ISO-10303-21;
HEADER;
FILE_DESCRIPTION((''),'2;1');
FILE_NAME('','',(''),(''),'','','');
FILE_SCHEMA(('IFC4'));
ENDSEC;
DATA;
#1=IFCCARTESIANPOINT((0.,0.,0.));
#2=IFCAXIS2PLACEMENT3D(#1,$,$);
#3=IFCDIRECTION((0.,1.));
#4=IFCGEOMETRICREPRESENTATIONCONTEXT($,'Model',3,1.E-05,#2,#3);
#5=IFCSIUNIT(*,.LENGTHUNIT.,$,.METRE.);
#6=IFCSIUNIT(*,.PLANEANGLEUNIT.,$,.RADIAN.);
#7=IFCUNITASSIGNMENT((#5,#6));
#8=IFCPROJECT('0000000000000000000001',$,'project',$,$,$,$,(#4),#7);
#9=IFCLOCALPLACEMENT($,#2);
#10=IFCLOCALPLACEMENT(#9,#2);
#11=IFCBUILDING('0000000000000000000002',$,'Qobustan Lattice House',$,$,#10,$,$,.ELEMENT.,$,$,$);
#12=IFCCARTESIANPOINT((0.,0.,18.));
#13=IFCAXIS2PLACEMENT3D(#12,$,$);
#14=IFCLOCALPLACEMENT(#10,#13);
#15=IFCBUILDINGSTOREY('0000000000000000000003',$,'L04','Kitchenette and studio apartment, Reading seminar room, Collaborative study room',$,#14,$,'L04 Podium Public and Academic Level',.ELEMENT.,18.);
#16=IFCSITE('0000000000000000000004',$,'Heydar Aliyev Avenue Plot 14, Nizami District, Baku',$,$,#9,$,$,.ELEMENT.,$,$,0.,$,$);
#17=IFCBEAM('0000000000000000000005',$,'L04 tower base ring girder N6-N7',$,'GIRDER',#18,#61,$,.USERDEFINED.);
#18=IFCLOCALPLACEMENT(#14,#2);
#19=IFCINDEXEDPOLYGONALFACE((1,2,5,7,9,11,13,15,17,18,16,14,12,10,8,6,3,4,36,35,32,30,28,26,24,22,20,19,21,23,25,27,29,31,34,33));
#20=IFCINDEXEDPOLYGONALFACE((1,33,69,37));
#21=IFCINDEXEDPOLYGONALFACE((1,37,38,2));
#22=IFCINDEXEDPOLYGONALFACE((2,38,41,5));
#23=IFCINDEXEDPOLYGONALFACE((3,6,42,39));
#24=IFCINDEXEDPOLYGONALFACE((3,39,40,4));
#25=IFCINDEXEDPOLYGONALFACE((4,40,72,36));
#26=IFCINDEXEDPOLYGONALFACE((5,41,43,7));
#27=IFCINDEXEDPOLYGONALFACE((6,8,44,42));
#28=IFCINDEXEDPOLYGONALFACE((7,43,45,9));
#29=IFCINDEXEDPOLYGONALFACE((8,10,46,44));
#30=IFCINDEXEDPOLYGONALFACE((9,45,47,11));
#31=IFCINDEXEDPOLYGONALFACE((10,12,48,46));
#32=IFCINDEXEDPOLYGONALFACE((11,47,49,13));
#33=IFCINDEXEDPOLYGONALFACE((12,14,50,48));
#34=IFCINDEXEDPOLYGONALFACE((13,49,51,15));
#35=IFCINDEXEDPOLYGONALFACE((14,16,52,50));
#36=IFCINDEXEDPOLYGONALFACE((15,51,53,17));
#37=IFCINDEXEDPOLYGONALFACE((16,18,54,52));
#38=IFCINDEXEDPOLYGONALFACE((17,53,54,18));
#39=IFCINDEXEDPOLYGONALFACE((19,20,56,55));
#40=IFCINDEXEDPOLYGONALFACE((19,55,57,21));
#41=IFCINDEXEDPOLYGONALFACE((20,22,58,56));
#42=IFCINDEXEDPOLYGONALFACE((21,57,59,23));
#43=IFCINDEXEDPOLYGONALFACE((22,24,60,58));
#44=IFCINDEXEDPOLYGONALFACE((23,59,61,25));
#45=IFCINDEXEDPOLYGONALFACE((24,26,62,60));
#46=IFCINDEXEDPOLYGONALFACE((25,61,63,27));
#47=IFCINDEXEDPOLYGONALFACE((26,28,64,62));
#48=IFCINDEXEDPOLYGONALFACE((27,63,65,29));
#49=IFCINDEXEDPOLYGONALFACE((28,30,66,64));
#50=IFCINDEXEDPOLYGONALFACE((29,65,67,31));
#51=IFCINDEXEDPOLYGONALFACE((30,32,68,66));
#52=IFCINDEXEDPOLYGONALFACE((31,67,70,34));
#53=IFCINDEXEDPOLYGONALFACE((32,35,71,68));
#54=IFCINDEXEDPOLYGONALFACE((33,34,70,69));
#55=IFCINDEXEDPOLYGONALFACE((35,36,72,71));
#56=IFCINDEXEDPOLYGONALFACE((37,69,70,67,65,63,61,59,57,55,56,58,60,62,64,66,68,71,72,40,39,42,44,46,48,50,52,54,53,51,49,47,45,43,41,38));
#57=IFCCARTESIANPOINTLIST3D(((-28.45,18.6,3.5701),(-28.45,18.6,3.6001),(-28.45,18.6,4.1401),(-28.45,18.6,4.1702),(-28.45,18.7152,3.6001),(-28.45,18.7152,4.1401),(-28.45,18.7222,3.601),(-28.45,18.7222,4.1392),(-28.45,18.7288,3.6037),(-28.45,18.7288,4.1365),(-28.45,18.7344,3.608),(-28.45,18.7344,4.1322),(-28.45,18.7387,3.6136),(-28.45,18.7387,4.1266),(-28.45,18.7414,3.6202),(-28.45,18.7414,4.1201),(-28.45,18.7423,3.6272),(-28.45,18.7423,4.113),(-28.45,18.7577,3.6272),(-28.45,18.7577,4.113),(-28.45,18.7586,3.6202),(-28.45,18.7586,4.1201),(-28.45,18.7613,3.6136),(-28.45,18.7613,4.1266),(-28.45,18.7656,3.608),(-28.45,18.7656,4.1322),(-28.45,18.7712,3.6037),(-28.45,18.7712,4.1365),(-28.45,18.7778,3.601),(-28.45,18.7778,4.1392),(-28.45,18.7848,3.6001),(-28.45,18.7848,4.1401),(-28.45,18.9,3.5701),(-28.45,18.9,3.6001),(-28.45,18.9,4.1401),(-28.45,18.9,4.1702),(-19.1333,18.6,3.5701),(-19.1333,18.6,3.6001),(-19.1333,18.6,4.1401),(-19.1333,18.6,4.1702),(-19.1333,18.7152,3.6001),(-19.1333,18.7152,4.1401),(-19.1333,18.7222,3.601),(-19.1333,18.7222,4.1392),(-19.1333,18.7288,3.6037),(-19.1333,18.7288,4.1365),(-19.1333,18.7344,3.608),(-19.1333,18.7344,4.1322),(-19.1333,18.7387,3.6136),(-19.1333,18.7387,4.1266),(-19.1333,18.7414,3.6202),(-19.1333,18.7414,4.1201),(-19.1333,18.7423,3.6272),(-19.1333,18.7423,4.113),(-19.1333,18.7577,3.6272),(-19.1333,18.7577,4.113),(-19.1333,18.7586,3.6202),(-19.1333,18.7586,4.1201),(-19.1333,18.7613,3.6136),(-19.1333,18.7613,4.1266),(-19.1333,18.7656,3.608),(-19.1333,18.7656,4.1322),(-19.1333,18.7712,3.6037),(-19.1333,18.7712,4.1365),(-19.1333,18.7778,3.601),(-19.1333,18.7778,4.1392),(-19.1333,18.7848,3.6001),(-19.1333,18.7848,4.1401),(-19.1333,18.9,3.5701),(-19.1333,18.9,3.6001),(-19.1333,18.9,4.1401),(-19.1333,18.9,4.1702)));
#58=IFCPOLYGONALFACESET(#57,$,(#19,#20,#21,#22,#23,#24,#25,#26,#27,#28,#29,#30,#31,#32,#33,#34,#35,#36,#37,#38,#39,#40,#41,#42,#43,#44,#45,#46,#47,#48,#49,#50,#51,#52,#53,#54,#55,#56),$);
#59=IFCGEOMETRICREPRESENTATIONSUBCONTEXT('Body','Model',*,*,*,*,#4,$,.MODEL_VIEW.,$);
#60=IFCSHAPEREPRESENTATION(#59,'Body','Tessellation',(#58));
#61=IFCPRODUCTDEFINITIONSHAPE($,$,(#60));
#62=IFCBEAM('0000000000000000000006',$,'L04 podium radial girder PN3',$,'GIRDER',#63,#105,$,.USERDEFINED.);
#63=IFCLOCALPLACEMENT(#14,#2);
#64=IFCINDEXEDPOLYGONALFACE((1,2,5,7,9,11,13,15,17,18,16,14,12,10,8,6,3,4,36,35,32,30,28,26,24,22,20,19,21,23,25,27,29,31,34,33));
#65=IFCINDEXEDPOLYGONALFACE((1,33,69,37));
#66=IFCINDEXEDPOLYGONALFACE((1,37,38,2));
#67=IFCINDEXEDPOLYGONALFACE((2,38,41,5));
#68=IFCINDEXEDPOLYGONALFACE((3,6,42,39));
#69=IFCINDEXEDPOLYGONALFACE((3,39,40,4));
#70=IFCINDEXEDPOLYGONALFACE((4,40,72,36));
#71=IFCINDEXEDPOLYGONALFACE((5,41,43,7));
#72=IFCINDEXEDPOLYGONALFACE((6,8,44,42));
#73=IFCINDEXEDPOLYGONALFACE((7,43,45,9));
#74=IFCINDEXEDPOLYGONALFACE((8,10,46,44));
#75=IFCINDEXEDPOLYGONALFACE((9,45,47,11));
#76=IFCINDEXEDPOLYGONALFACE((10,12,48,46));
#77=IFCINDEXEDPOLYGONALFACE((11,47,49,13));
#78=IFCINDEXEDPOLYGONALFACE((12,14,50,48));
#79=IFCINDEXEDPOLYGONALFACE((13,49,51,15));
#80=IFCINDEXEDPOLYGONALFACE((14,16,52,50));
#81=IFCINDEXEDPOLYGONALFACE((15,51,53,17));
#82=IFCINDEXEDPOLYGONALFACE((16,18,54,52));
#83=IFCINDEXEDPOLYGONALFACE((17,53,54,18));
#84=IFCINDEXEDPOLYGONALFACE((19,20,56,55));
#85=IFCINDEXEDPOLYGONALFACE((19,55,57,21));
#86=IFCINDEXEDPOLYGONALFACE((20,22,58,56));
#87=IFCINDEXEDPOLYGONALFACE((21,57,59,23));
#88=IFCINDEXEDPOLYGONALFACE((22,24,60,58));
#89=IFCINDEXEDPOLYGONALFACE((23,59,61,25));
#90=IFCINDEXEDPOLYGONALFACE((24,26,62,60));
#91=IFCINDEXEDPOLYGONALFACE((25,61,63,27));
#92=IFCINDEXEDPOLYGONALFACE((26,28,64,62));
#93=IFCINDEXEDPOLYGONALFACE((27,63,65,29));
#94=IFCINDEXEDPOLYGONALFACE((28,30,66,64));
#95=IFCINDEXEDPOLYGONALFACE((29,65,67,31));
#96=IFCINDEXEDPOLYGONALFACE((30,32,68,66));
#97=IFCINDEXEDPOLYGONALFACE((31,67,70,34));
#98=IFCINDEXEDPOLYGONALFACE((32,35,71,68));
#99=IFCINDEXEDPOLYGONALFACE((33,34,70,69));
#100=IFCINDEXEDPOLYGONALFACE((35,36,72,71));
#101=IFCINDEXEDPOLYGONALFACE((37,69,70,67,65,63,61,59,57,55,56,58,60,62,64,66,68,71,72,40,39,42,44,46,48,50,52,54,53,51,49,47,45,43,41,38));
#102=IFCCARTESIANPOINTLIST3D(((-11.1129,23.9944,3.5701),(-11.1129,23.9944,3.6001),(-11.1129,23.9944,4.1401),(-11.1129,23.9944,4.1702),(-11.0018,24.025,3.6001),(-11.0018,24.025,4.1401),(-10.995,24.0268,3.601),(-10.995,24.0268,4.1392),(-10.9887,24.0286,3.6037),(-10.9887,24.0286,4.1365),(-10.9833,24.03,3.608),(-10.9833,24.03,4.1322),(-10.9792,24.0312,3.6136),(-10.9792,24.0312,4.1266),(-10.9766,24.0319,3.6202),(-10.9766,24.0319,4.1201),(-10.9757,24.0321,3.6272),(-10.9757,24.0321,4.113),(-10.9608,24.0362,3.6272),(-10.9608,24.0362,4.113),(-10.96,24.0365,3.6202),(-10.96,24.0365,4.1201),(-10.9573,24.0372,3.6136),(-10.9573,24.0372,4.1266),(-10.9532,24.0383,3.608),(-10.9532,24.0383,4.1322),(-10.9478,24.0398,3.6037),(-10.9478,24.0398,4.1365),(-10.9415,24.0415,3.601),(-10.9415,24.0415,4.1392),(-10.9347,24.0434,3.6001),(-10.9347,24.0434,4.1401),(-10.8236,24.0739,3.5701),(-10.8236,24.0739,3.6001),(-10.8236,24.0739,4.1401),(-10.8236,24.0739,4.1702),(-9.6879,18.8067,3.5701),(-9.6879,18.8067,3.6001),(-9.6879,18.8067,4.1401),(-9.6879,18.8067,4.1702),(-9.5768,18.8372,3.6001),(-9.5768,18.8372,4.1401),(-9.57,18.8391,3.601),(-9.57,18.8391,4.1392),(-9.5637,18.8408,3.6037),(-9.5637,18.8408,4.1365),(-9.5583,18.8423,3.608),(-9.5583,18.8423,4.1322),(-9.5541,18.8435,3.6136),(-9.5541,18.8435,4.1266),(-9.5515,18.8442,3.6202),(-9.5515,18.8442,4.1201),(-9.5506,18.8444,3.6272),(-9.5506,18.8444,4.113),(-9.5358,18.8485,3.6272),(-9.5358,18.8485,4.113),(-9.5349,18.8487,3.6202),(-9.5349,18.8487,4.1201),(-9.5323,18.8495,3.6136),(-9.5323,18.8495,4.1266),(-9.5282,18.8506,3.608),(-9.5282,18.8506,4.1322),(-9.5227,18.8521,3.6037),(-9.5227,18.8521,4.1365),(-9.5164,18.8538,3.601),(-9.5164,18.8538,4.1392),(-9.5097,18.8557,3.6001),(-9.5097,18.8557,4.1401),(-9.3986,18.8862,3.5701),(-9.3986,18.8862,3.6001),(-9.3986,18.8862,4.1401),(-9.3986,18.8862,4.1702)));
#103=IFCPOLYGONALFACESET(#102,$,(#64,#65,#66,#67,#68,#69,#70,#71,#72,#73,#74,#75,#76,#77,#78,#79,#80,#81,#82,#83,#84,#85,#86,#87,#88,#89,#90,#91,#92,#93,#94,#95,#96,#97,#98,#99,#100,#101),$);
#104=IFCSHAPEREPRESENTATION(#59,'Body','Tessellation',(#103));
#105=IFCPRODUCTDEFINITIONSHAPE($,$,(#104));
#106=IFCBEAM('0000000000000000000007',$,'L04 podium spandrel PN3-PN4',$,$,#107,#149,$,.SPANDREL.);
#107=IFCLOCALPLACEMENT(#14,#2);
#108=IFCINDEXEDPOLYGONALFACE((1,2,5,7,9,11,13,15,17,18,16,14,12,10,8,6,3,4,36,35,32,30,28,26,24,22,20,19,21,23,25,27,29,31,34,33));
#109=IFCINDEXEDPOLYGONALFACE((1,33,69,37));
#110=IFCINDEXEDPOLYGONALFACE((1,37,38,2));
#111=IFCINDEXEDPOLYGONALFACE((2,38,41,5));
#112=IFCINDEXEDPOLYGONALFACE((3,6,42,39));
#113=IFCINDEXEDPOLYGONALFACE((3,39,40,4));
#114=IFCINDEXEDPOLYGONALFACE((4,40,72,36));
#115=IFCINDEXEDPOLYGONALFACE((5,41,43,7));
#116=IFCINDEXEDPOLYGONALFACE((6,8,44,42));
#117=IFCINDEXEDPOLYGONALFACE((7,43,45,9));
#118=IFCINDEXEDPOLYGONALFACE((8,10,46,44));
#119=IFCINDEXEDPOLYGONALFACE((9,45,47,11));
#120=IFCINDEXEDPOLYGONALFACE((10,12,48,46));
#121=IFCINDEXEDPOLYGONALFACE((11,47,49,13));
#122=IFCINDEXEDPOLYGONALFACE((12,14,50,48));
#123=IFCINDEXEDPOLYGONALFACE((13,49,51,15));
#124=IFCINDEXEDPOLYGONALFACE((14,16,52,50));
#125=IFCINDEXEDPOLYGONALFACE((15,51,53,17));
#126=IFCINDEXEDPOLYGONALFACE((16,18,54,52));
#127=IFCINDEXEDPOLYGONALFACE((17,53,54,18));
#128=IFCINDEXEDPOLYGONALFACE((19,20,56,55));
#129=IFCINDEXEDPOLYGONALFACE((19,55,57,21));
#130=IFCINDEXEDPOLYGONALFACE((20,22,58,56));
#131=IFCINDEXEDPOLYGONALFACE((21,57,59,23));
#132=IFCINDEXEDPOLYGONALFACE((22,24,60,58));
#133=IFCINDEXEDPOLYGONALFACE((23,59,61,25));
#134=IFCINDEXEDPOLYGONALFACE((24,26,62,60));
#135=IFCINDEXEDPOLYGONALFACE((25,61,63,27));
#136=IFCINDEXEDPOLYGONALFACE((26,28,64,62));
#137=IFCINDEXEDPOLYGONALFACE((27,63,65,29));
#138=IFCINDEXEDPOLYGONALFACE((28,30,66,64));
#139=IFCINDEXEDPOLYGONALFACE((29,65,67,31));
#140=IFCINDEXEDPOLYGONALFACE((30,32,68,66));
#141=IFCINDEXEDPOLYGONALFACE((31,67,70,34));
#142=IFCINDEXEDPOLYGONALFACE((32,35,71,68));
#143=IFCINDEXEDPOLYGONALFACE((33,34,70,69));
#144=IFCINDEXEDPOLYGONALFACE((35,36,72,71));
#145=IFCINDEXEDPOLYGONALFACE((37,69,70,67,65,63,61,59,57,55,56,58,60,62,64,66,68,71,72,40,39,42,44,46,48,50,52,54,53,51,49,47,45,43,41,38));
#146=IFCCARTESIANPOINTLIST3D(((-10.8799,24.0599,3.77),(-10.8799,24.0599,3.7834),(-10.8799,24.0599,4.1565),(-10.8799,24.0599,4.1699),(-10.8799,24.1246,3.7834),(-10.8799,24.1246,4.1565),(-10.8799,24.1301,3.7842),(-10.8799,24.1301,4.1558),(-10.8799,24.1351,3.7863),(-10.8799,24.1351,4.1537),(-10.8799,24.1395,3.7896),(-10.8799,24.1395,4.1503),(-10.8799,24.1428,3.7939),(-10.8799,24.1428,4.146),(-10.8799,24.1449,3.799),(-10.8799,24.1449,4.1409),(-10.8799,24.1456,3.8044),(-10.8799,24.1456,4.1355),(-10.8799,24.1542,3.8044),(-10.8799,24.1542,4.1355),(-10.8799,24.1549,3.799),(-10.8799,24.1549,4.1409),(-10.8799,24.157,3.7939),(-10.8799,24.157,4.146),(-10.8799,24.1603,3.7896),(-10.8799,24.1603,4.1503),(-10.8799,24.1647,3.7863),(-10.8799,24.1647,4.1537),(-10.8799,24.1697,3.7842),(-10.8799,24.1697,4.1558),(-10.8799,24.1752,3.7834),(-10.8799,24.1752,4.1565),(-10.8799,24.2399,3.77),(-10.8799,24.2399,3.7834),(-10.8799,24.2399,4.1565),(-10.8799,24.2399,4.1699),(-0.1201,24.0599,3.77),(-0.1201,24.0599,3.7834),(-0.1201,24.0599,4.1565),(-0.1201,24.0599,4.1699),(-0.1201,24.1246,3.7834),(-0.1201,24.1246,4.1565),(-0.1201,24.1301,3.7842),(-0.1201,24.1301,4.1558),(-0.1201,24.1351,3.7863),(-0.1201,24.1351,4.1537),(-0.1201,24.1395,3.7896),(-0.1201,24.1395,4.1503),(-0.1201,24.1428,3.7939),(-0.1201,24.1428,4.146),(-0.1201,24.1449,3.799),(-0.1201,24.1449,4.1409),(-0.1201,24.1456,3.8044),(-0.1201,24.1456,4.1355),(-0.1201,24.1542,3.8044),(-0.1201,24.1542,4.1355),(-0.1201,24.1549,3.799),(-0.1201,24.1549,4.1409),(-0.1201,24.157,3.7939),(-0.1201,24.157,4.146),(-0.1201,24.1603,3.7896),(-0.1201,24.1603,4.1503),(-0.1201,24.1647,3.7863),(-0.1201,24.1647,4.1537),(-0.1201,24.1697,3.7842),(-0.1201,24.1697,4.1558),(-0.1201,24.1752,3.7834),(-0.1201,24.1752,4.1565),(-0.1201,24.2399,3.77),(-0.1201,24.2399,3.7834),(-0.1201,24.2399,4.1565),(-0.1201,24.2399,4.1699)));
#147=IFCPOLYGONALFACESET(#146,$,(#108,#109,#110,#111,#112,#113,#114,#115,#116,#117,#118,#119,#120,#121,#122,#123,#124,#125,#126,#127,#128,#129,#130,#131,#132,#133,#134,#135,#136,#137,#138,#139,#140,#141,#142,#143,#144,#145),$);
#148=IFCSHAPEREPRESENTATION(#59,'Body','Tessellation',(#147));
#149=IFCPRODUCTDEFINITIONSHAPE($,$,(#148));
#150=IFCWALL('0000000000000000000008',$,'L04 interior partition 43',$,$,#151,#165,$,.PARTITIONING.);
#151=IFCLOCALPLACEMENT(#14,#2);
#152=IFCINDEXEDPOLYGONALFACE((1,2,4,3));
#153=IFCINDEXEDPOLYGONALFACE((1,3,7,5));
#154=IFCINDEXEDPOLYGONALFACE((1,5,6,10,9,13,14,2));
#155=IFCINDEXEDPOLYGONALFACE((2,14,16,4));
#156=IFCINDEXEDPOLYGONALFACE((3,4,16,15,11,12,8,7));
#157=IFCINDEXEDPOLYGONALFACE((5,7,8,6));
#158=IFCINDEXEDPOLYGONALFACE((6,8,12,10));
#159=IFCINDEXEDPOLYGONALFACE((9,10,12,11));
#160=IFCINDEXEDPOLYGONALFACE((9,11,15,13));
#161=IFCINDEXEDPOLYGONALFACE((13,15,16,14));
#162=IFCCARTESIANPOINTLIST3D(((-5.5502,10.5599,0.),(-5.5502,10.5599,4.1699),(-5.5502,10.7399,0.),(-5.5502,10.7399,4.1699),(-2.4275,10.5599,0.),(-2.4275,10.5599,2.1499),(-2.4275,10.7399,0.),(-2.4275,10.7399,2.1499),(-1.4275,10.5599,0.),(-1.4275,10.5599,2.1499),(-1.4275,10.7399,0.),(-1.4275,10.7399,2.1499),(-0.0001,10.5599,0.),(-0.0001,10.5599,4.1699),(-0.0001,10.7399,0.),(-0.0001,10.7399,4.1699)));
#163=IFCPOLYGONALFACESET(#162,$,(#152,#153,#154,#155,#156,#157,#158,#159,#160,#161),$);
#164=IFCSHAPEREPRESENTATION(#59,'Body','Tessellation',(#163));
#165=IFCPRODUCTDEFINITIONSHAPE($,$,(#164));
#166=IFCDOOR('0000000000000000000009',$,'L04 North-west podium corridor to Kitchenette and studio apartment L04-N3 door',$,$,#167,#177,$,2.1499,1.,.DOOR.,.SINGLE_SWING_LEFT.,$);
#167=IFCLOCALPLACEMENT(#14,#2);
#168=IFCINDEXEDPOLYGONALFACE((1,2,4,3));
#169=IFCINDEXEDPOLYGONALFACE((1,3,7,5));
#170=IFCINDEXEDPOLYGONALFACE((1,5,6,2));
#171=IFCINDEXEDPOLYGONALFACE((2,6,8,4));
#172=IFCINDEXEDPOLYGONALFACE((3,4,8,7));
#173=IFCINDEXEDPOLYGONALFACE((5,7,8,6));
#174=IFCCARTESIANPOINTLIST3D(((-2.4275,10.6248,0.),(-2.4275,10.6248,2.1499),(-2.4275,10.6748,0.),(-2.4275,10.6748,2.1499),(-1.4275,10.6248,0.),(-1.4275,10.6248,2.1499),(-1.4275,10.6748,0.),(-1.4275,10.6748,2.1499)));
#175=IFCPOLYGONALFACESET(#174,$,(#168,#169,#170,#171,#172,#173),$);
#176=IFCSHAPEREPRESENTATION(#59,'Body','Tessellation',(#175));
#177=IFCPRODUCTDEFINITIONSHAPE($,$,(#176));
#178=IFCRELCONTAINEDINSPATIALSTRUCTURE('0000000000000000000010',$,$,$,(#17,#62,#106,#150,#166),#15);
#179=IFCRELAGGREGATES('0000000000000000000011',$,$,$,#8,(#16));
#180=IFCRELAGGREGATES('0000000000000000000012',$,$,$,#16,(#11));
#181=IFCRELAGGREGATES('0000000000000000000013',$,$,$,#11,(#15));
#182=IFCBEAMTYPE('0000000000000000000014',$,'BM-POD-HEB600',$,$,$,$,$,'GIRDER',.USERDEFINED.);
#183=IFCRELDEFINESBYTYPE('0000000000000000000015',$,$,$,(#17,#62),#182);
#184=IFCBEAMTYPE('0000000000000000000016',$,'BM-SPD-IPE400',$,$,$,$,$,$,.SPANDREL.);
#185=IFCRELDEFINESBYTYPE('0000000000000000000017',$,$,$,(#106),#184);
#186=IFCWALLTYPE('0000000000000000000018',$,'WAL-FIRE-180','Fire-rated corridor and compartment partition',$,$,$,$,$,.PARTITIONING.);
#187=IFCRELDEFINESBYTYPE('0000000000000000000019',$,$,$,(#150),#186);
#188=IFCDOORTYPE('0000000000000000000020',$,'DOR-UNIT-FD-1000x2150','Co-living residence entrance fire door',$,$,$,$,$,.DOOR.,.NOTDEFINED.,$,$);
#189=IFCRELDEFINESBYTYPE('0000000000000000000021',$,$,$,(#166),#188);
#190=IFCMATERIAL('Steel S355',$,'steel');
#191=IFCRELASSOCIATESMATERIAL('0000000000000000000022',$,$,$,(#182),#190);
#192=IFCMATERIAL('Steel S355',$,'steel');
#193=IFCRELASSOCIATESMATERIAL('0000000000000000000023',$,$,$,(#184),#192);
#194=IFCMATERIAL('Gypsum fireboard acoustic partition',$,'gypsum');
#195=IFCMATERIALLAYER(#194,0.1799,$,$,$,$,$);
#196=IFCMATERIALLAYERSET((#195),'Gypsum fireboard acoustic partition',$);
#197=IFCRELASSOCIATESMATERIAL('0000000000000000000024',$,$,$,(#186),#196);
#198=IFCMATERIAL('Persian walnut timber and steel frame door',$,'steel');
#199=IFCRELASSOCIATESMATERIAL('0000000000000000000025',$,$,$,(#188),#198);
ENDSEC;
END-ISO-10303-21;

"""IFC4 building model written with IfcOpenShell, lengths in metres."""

from ifc_helpers import new_model, si_unit, direction, frame, frame_2d, origin, origin_2d, place, context, subcontext, project, spatial, rectangle, i_section, extrude, material, layer, layer_set, material_profile, profile_set, type_object, element, fill, save


model = new_model("IFC4")

# Units and contexts
model_context = context("Model", 3, precision=1e-05, world=origin(), true_north=direction((0.0, 1.0)))
body_context = subcontext(model_context, "Body", "Model", "MODEL_VIEW")
ifc_project = project(units=[si_unit("LENGTHUNIT", "METRE"), si_unit("PLANEANGLEUNIT", "RADIAN")], contexts=[model_context])

# Site, building, storey
site_placement = place(None, origin())
site = spatial("IfcSite", under=ifc_project, at=site_placement, Name="Heydar Aliyev Avenue Plot 14, Nizami District, Baku", CompositionType="ELEMENT", RefElevation=0.0)
building_placement = place(site_placement, origin())
building = spatial("IfcBuilding", under=site, at=building_placement, Name="Qobustan Lattice House", CompositionType="ELEMENT")
storey_placement = place(building_placement, frame((0.0, 0.0, 18.0)))
storey = spatial("IfcBuildingStorey", under=building, at=storey_placement, Name="L04", Description="Kitchenette and studio apartment, Reading seminar room, Collaborative study room", LongName="L04 Podium Public and Academic Level", CompositionType="ELEMENT", Elevation=18.0)

# Beams
ifc_material_1 = material(Name="Steel S355", Category="steel")
ifc_material_profile_1 = material_profile(ifc_material_1, i_section(OverallWidth=0.3, OverallDepth=0.6001, WebThickness=0.0154, FlangeThickness=0.03, FilletRadius=0.0271, at=origin_2d()), Name="HEB600")
ifc_profile_set_1 = profile_set([ifc_material_profile_1], Name="Steel S355")
beam_type_1 = type_object("IfcBeamType", Name="BM-POD-HEB600", ElementType="GIRDER", PredefinedType="USERDEFINED", material=ifc_profile_set_1)
for number, where, z_axis, x_axis, name in (
    (1, (-19.1333, 18.75, 3.8701), (-1.0, 0.0, 0.0), (0.0, -1.0, 0.0), "L04 tower base ring girder N6-N7"),
):
    element("IfcBeam", number, at=place(storey_placement, frame(where, z_axis=z_axis, x_axis=x_axis)), inside=storey, type_object=beam_type_1, Name=name, ObjectType="GIRDER", PredefinedType="USERDEFINED", context=body_context, shape_type="SweptSolid", body=[
        extrude(i_section(OverallWidth=0.3, OverallDepth=0.6001, WebThickness=0.0154, FlangeThickness=0.03, FilletRadius=0.0271, at=origin_2d()), origin(), (0.0, 0.0, 1.0), 9.3167),
    ])
beam_1_placement = place(storey_placement, frame((-10.9683, 24.0342, 3.8701), z_axis=(0.264883, -0.96428, 0.0), x_axis=(0.96428, 0.264883, 0.0)))
element("IfcBeam", 2, at=beam_1_placement, inside=storey, type_object=beam_type_1, Name="L04 podium radial girder PN3", ObjectType="GIRDER", PredefinedType="USERDEFINED", context=body_context, shape_type="SweptSolid", body=[
    extrude(i_section(OverallWidth=0.3, OverallDepth=0.6001, WebThickness=0.0154, FlangeThickness=0.03, FilletRadius=0.0271, at=origin_2d()), origin(), (0.0, 0.0, 1.0), 5.3799),
])
ifc_material_2 = material(Name="Steel S355", Category="steel")
ifc_material_profile_2 = material_profile(ifc_material_2, i_section(OverallWidth=0.1799, OverallDepth=0.3999, WebThickness=0.0085, FlangeThickness=0.0134, FilletRadius=0.021, at=origin_2d()), Name="IPE400")
ifc_profile_set_2 = profile_set([ifc_material_profile_2], Name="Steel S355")
beam_type_2 = type_object("IfcBeamType", Name="BM-SPD-IPE400", PredefinedType="SPANDREL", material=ifc_profile_set_2)
beam_2_placement = place(storey_placement, frame((-10.8799, 24.1499, 3.97), z_axis=(1.0, 0.0, 0.0), x_axis=(0.0, 1.0, 0.0)))
element("IfcBeam", 3, at=beam_2_placement, inside=storey, type_object=beam_type_2, Name="L04 podium spandrel PN3-PN4", PredefinedType="SPANDREL", context=body_context, shape_type="SweptSolid", body=[
    extrude(i_section(OverallWidth=0.1799, OverallDepth=0.3999, WebThickness=0.0085, FlangeThickness=0.0134, FilletRadius=0.021, at=origin_2d()), origin(), (0.0, 0.0, 1.0), 10.7598),
])

# Wall, opening, door
ifc_material_3 = material(Name="Gypsum fireboard acoustic partition", Category="gypsum")
ifc_layer_1 = layer(ifc_material_3, 0.1799)
ifc_layer_set_1 = layer_set([ifc_layer_1], Name="Gypsum fireboard acoustic partition")
wall_type_1 = type_object("IfcWallType", Name="WAL-FIRE-180", Description="Fire-rated corridor and compartment partition", PredefinedType="PARTITIONING", material=ifc_layer_set_1)
wall_1_placement = place(storey_placement, frame((-5.55, 10.6499, 0.0), z_axis=(0.0, 0.0, 1.0), x_axis=(1.0, 0.0, 0.0)))
wall_1 = element("IfcWall", 4, at=wall_1_placement, inside=storey, type_object=wall_type_1, Name="L04 interior partition 43", PredefinedType="PARTITIONING", context=body_context, shape_type="SweptSolid", body=[
    extrude(rectangle(XDim=5.55, YDim=0.1799, at=frame_2d((2.7749, 0.0))), origin(), (0.0, 0.0, 1.0), 4.1699),
])
opening_1_placement = place(wall_1_placement, frame((3.1226, 0.0, 0.0)))
opening_1 = element("IfcOpeningElement", 5, at=opening_1_placement, cuts=wall_1, PredefinedType="OPENING", context=body_context, shape_type="SweptSolid", body=[
    extrude(rectangle(XDim=1.0, YDim=2.1499, at=frame_2d((0.5, 1.075))), frame((0.0, 0.0999, 0.0), z_axis=(0.0, -1.0, 0.0), x_axis=(1.0, 0.0, 0.0)), (0.0, 0.0, 1.0), 0.2),
])
ifc_material_4 = material(Name="Persian walnut timber and steel frame door", Category="steel")
door_type_1 = type_object("IfcDoorType", Name="DOR-UNIT-FD-1000x2150", Description="Co-living residence entrance fire door", OperationType="NOTDEFINED", PredefinedType="DOOR", material=ifc_material_4)
door_1_placement = place(opening_1_placement, origin())
door_1 = element("IfcDoor", 6, at=door_1_placement, inside=storey, type_object=door_type_1, Name="L04 North-west podium corridor to Kitchenette and studio apartment L04-N3 door", OperationType="SINGLE_SWING_LEFT", OverallHeight=2.1499, OverallWidth=1.0, PredefinedType="DOOR", context=body_context, shape_type="SweptSolid", body=[
    extrude(rectangle(XDim=1.0, YDim=2.1499, at=frame_2d((0.5, 1.075))), frame((0.0, 0.0249, 0.0), z_axis=(0.0, -1.0, 0.0), x_axis=(1.0, 0.0, 0.0)), (0.0, 0.0, 1.0), 0.05),
])
fill(opening_1, door_1)

save(model, "model.ifc")
